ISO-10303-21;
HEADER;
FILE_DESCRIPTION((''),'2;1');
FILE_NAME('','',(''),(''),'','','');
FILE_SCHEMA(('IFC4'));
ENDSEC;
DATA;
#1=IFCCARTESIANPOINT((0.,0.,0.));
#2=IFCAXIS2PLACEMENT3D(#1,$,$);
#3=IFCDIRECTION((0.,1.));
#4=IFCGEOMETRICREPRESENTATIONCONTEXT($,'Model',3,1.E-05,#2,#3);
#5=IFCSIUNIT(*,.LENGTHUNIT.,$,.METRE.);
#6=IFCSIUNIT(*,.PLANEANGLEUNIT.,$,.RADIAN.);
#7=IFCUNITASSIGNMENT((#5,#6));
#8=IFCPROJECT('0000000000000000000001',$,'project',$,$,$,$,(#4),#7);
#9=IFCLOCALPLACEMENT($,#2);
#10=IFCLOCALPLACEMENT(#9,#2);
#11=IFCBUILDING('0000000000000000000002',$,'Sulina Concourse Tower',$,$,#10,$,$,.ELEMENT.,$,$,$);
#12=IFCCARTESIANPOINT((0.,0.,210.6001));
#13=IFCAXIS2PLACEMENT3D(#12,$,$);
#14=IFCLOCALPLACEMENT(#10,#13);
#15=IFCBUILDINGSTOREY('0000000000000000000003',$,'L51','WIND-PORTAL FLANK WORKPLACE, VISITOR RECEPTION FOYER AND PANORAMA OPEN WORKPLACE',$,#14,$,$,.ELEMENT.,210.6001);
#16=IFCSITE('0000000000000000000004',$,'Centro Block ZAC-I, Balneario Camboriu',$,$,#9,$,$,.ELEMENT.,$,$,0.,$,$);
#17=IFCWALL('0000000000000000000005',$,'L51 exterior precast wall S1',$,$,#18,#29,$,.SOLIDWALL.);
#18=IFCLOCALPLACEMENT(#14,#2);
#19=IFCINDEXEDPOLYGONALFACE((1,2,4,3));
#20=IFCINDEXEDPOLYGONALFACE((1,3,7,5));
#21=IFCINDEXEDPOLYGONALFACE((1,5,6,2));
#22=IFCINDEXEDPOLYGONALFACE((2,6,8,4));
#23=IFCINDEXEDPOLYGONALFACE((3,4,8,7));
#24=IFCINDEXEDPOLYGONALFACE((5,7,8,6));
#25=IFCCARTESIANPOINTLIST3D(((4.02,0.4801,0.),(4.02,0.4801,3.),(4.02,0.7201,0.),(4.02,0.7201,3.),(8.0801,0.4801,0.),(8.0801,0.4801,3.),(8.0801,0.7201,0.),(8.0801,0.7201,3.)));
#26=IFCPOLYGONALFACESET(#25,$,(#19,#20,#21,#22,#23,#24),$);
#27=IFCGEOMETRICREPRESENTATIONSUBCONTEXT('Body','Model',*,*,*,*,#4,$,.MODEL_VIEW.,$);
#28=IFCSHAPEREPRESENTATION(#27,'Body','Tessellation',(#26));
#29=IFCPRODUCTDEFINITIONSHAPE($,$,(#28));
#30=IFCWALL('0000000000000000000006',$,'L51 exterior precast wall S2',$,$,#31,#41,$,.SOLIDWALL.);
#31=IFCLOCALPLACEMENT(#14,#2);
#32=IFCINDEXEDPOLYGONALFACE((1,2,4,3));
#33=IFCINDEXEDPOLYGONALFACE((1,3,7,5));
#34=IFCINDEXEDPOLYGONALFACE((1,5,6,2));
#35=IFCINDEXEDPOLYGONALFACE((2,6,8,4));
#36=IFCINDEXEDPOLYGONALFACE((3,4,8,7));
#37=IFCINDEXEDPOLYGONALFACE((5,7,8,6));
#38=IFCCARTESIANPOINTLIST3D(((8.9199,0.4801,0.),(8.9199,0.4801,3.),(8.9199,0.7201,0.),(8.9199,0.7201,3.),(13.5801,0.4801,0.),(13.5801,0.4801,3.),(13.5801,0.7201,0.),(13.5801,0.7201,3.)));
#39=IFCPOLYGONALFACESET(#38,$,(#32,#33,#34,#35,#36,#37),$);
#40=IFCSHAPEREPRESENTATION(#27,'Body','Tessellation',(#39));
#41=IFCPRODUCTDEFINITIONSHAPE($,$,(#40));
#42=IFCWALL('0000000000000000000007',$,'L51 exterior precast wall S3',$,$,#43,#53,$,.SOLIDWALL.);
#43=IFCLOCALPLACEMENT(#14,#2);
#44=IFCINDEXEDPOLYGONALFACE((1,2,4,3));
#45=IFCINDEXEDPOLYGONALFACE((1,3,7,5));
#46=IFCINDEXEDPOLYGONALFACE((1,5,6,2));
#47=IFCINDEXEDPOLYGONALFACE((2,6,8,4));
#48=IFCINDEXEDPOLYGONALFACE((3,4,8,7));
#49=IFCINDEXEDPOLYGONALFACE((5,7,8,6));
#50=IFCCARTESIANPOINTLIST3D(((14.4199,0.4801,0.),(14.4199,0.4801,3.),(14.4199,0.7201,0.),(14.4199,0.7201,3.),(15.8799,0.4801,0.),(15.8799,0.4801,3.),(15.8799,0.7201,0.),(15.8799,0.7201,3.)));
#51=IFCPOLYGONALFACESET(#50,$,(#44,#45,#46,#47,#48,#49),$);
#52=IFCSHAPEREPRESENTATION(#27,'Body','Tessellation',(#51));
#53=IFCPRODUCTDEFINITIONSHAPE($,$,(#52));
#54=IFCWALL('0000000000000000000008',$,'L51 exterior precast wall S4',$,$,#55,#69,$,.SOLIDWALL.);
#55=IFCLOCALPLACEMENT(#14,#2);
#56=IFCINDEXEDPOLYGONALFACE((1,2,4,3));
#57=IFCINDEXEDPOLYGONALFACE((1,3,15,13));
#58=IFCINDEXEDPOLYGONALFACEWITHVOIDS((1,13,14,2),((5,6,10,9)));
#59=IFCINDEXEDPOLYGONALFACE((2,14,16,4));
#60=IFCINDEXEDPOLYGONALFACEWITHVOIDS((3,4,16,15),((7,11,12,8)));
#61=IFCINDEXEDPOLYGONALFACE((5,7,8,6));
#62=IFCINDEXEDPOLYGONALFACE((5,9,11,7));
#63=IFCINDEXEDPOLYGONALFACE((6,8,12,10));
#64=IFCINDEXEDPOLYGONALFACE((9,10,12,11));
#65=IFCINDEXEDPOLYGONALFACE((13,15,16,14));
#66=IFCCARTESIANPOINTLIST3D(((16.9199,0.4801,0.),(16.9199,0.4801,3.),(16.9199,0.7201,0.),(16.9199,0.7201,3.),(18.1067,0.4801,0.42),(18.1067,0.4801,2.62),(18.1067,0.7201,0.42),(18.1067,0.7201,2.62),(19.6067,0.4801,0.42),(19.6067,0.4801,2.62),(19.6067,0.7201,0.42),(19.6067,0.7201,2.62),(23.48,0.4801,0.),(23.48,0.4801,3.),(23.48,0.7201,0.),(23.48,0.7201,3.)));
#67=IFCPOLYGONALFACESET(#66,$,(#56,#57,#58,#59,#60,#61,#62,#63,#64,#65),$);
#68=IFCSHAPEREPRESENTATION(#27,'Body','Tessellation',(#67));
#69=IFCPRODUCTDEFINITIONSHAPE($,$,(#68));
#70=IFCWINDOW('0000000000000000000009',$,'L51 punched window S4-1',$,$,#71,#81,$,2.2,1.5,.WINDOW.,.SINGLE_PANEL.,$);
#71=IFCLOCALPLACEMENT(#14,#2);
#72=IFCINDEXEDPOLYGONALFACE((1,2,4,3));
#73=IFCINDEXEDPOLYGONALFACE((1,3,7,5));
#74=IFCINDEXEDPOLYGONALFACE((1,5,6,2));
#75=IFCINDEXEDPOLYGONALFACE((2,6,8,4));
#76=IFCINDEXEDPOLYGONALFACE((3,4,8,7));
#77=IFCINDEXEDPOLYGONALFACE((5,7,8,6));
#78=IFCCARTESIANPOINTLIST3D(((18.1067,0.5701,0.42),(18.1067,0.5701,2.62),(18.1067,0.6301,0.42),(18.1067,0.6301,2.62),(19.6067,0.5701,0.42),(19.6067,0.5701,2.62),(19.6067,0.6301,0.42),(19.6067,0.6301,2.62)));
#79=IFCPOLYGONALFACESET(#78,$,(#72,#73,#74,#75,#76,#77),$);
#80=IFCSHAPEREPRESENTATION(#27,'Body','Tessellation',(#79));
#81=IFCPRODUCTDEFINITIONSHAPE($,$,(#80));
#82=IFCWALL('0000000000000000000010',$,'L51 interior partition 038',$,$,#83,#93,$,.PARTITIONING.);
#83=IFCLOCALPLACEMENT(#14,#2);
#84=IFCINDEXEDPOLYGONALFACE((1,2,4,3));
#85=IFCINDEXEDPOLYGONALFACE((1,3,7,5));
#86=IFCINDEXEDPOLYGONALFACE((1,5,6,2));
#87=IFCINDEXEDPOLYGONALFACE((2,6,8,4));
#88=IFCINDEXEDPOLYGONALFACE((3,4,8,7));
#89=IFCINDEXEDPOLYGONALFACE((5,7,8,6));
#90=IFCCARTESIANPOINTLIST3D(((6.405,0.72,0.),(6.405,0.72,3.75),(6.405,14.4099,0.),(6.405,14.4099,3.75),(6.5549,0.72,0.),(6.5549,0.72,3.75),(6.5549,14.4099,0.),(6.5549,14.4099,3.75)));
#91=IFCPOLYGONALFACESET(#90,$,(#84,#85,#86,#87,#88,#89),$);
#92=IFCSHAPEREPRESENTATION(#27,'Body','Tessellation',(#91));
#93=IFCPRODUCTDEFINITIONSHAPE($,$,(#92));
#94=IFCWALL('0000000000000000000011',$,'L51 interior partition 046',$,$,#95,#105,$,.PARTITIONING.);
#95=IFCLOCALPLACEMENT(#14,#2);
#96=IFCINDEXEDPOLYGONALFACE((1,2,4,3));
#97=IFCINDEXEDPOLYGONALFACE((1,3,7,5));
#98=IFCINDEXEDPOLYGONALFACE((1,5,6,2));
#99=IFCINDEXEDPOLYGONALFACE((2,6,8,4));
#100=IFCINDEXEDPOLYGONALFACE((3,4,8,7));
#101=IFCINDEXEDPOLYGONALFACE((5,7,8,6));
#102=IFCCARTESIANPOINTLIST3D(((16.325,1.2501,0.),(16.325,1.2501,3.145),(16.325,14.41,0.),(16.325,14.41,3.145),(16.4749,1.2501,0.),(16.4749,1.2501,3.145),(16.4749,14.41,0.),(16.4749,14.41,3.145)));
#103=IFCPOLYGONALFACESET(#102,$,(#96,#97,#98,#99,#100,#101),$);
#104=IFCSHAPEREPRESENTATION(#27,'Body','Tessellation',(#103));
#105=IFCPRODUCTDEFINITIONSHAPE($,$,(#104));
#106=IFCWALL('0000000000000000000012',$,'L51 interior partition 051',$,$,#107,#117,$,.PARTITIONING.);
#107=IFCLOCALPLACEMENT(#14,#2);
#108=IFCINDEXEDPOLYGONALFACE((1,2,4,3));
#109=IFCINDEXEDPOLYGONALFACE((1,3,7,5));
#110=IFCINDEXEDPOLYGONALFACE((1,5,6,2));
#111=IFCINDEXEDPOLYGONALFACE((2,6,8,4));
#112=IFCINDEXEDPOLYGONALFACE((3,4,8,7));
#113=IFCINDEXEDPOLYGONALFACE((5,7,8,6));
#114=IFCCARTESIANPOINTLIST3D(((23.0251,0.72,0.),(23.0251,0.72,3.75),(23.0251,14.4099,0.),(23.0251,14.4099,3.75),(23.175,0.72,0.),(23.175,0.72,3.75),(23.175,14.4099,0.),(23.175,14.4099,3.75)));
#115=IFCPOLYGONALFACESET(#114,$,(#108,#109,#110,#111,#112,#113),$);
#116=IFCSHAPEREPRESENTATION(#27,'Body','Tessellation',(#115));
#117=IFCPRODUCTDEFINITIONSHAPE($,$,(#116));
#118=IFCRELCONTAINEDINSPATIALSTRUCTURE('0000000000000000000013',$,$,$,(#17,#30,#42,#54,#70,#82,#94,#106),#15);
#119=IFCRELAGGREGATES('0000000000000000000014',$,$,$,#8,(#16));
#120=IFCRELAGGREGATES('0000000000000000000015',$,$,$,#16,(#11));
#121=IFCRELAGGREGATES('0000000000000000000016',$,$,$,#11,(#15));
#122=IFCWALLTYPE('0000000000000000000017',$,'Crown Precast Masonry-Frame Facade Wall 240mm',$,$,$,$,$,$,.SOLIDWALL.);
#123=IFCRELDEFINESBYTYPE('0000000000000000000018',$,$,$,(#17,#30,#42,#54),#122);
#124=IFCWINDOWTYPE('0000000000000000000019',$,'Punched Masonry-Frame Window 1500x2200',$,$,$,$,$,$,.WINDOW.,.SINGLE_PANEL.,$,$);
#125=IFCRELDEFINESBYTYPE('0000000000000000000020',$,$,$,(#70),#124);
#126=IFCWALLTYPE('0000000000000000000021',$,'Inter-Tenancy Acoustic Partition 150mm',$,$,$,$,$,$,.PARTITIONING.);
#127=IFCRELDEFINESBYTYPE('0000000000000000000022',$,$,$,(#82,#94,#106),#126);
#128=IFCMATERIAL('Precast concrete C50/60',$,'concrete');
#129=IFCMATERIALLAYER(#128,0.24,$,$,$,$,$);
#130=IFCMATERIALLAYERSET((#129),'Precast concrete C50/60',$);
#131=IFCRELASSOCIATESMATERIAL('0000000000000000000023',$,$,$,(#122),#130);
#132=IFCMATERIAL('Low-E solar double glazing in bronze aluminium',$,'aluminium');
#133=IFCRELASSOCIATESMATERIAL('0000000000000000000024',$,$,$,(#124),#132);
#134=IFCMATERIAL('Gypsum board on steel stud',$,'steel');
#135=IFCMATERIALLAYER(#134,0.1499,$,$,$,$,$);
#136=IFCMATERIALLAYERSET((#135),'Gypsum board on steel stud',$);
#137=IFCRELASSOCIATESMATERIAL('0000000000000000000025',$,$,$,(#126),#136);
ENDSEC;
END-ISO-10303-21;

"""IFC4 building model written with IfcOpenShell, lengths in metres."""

from ifc_helpers import new_model, si_unit, direction, frame, frame_2d, origin, place, context, subcontext, project, spatial, rectangle, extrude, material, layer, layer_set, type_object, element, fill, save


model = new_model("IFC4")

# Units and contexts
model_context = context("Model", 3, precision=1e-05, world=origin(), true_north=direction((0.0, 1.0)))
body_context = subcontext(model_context, "Body", "Model", "MODEL_VIEW")
ifc_project = project(units=[si_unit("LENGTHUNIT", "METRE"), si_unit("PLANEANGLEUNIT", "RADIAN")], contexts=[model_context])

# Site, building, storey
site_placement = place(None, origin())
site = spatial("IfcSite", under=ifc_project, at=site_placement, Name="Centro Block ZAC-I, Balneario Camboriu", CompositionType="ELEMENT", RefElevation=0.0)
building_placement = place(site_placement, origin())
building = spatial("IfcBuilding", under=site, at=building_placement, Name="Sulina Concourse Tower", CompositionType="ELEMENT")
storey_placement = place(building_placement, frame((0.0, 0.0, 210.6001)))
storey = spatial("IfcBuildingStorey", under=building, at=storey_placement, Name="L51", Description="WIND-PORTAL FLANK WORKPLACE, VISITOR RECEPTION FOYER AND PANORAMA OPEN WORKPLACE", CompositionType="ELEMENT", Elevation=210.6001)

# Walls
ifc_material_1 = material(Name="Precast concrete C50/60", Category="concrete")
ifc_layer_1 = layer(ifc_material_1, 0.24)
ifc_layer_set_1 = layer_set([ifc_layer_1], Name="Precast concrete C50/60")
wall_type_1 = type_object("IfcWallType", Name="Crown Precast Masonry-Frame Facade Wall 240mm", PredefinedType="SOLIDWALL", material=ifc_layer_set_1)
wall_1_placement = place(storey_placement, frame((8.0801, 0.6001, 0.0), z_axis=(0.0, 0.0, 1.0), x_axis=(-1.0, 0.0, 0.0)))
element("IfcWall", 1, at=wall_1_placement, inside=storey, type_object=wall_type_1, Name="L51 exterior precast wall S1", PredefinedType="SOLIDWALL", context=body_context, shape_type="SweptSolid", body=[
    extrude(rectangle(XDim=4.0601, YDim=0.24, at=frame_2d((2.03, 0.0))), origin(), (0.0, 0.0, 1.0), 3.0),
])
wall_2_placement = place(storey_placement, frame((13.5801, 0.6001, 0.0), z_axis=(0.0, 0.0, 1.0), x_axis=(-1.0, 0.0, 0.0)))
element("IfcWall", 2, at=wall_2_placement, inside=storey, type_object=wall_type_1, Name="L51 exterior precast wall S2", PredefinedType="SOLIDWALL", context=body_context, shape_type="SweptSolid", body=[
    extrude(rectangle(XDim=4.6602, YDim=0.24, at=frame_2d((2.3301, 0.0))), origin(), (0.0, 0.0, 1.0), 3.0),
])
wall_3_placement = place(storey_placement, frame((15.8799, 0.6001, 0.0), z_axis=(0.0, 0.0, 1.0), x_axis=(-1.0, 0.0, 0.0)))
element("IfcWall", 3, at=wall_3_placement, inside=storey, type_object=wall_type_1, Name="L51 exterior precast wall S3", PredefinedType="SOLIDWALL", context=body_context, shape_type="SweptSolid", body=[
    extrude(rectangle(XDim=1.46, YDim=0.24, at=frame_2d((0.73, 0.0))), origin(), (0.0, 0.0, 1.0), 3.0),
])

# Wall, opening, window
wall_4_placement = place(storey_placement, frame((23.48, 0.6001, 0.0), z_axis=(0.0, 0.0, 1.0), x_axis=(-1.0, 0.0, 0.0)))
wall_4 = element("IfcWall", 4, at=wall_4_placement, inside=storey, type_object=wall_type_1, Name="L51 exterior precast wall S4", PredefinedType="SOLIDWALL", context=body_context, shape_type="SweptSolid", body=[
    extrude(rectangle(XDim=6.5601, YDim=0.24, at=frame_2d((3.28, 0.0))), origin(), (0.0, 0.0, 1.0), 3.0),
])
opening_placement = place(wall_4_placement, frame((3.8733, 0.0, 0.4199)))
opening = element("IfcOpeningElement", 5, at=opening_placement, cuts=wall_4, PredefinedType="OPENING", context=body_context, shape_type="SweptSolid", body=[
    extrude(rectangle(XDim=1.5, YDim=2.2, at=frame_2d((0.75, 1.1001))), frame((0.0, 0.1299, 0.0), z_axis=(0.0, -1.0, 0.0), x_axis=(1.0, 0.0, 0.0)), (0.0, 0.0, 1.0), 0.26),
])
ifc_material_2 = material(Name="Low-E solar double glazing in bronze aluminium", Category="aluminium")
window_type = type_object("IfcWindowType", Name="Punched Masonry-Frame Window 1500x2200", PartitioningType="SINGLE_PANEL", PredefinedType="WINDOW", material=ifc_material_2)
window_placement = place(opening_placement, origin())
window = element("IfcWindow", 6, at=window_placement, inside=storey, type_object=window_type, Name="L51 punched window S4-1", OverallHeight=2.2, OverallWidth=1.5, PartitioningType="SINGLE_PANEL", PredefinedType="WINDOW", context=body_context, shape_type="SweptSolid", body=[
    extrude(rectangle(XDim=1.5, YDim=2.2, at=frame_2d((0.75, 1.1001))), frame((0.0, 0.03, 0.0), z_axis=(0.0, -1.0, 0.0), x_axis=(1.0, 0.0, 0.0)), (0.0, 0.0, 1.0), 0.0601),
])
fill(opening, window)

# Walls
ifc_material_3 = material(Name="Gypsum board on steel stud", Category="steel")
ifc_layer_2 = layer(ifc_material_3, 0.1499)
ifc_layer_set_2 = layer_set([ifc_layer_2], Name="Gypsum board on steel stud")
wall_type_2 = type_object("IfcWallType", Name="Inter-Tenancy Acoustic Partition 150mm", PredefinedType="PARTITIONING", material=ifc_layer_set_2)
wall_5_placement = place(storey_placement, frame((6.48, 0.72, 0.0), z_axis=(0.0, 0.0, 1.0), x_axis=(0.0, 1.0, 0.0)))
element("IfcWall", 7, at=wall_5_placement, inside=storey, type_object=wall_type_2, Name="L51 interior partition 038", PredefinedType="PARTITIONING", context=body_context, shape_type="SweptSolid", body=[
    extrude(rectangle(XDim=13.6899, YDim=0.1499, at=frame_2d((6.845, 0.0))), origin(), (0.0, 0.0, 1.0), 3.75),
])
wall_6_placement = place(storey_placement, frame((16.3999, 1.25, 0.0), z_axis=(0.0, 0.0, 1.0), x_axis=(0.0, 1.0, 0.0)))
element("IfcWall", 8, at=wall_6_placement, inside=storey, type_object=wall_type_2, Name="L51 interior partition 046", PredefinedType="PARTITIONING", context=body_context, shape_type="SweptSolid", body=[
    extrude(rectangle(XDim=13.1599, YDim=0.1499, at=frame_2d((6.5801, 0.0))), origin(), (0.0, 0.0, 1.0), 3.145),
])
wall_7_placement = place(storey_placement, frame((23.1001, 0.72, 0.0), z_axis=(0.0, 0.0, 1.0), x_axis=(0.0, 1.0, 0.0)))
element("IfcWall", 9, at=wall_7_placement, inside=storey, type_object=wall_type_2, Name="L51 interior partition 051", PredefinedType="PARTITIONING", context=body_context, shape_type="SweptSolid", body=[
    extrude(rectangle(XDim=13.6899, YDim=0.1499, at=frame_2d((6.845, 0.0))), origin(), (0.0, 0.0, 1.0), 3.75),
])

save(model, "model.ifc")
